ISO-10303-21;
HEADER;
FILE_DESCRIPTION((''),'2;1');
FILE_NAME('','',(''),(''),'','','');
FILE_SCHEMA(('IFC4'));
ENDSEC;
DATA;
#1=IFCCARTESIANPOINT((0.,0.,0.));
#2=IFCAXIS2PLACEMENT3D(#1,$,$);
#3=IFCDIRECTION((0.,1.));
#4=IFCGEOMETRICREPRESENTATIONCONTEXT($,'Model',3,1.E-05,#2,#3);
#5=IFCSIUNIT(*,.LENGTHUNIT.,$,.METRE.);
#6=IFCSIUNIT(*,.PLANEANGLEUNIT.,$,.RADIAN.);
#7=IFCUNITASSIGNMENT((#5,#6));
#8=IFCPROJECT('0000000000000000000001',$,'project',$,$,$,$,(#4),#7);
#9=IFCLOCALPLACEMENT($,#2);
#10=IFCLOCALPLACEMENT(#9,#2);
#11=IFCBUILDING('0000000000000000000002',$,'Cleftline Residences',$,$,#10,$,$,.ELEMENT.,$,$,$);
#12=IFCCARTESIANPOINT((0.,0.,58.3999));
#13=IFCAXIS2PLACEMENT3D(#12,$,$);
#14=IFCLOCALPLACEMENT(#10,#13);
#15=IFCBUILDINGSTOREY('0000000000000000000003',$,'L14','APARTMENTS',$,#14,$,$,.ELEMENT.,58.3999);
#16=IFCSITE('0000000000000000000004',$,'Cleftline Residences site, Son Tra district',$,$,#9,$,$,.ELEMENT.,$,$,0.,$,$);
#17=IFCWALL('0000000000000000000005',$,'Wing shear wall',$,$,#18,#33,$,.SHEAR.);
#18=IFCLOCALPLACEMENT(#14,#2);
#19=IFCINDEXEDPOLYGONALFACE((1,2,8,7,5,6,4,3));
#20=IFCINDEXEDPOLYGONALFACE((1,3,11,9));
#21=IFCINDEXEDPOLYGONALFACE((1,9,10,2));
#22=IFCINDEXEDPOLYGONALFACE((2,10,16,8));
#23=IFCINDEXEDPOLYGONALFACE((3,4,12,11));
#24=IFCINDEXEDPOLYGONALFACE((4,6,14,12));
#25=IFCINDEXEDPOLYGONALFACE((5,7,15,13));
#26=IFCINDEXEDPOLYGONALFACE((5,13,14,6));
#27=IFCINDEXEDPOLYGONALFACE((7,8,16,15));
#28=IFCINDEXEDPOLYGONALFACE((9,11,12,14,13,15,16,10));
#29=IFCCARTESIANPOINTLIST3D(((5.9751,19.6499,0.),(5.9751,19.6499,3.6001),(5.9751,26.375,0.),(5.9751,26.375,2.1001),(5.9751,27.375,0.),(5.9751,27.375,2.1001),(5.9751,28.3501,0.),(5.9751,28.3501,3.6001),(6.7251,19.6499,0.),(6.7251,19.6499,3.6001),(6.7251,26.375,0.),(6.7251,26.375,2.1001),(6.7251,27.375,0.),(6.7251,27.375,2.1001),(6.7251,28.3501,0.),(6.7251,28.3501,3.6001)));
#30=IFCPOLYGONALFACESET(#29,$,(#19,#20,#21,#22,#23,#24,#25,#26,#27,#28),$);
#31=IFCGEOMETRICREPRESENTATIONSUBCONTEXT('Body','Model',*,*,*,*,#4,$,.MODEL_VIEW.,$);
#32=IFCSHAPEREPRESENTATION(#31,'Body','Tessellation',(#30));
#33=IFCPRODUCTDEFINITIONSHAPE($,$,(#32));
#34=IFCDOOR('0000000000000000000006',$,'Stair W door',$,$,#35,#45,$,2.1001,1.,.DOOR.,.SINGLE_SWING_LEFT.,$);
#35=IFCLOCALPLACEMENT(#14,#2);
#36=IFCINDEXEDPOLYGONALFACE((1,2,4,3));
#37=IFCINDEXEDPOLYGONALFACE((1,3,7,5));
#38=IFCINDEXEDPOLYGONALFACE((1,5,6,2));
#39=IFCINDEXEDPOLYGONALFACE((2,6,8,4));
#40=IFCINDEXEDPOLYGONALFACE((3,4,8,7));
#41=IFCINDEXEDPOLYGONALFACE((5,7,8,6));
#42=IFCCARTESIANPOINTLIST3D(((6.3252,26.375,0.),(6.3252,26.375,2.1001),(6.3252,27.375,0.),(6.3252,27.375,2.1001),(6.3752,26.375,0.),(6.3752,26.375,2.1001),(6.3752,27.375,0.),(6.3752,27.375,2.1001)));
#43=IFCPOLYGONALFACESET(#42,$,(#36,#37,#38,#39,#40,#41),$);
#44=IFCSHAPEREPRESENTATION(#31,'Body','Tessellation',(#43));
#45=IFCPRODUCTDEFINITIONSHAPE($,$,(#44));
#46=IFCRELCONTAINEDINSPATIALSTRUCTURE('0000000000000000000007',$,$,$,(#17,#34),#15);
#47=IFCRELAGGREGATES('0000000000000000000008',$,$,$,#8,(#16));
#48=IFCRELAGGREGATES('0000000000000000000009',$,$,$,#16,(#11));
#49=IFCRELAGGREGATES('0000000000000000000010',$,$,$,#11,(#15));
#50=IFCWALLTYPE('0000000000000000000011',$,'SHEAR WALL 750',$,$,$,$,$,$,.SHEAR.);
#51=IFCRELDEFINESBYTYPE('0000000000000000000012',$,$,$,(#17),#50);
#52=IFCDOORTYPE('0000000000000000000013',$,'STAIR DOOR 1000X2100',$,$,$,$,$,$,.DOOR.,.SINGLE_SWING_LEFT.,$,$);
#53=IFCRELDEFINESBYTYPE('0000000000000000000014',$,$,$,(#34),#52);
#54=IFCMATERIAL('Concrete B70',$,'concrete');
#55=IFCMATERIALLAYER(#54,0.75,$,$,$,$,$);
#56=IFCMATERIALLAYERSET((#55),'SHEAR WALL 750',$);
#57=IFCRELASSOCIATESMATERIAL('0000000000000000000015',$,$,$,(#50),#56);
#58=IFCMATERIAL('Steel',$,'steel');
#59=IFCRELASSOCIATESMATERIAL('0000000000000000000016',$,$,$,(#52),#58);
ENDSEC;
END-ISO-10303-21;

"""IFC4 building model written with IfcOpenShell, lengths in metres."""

from ifc_helpers import new_model, si_unit, direction, frame, frame_2d, origin, place, context, subcontext, project, spatial, rectangle, extrude, material, layer, layer_set, type_object, element, fill, save


model = new_model("IFC4")

# Units and contexts
model_context = context("Model", 3, precision=1e-05, world=origin(), true_north=direction((0.0, 1.0)))
body_context = subcontext(model_context, "Body", "Model", "MODEL_VIEW")
ifc_project = project(units=[si_unit("LENGTHUNIT", "METRE"), si_unit("PLANEANGLEUNIT", "RADIAN")], contexts=[model_context])

# Site, building, storey
site_placement = place(None, origin())
site = spatial("IfcSite", under=ifc_project, at=site_placement, Name="Cleftline Residences site, Son Tra district", CompositionType="ELEMENT", RefElevation=0.0)
building_placement = place(site_placement, origin())
building = spatial("IfcBuilding", under=site, at=building_placement, Name="Cleftline Residences", CompositionType="ELEMENT")
storey_placement = place(building_placement, frame((0.0, 0.0, 58.3999)))
storey = spatial("IfcBuildingStorey", under=building, at=storey_placement, Name="L14", Description="APARTMENTS", CompositionType="ELEMENT", Elevation=58.3999)

# Shared definitions
ifc_material_1 = material(Name="Concrete B70", Category="concrete")
ifc_layer_1 = layer(ifc_material_1, 0.75)
ifc_layer_set_1 = layer_set([ifc_layer_1], Name="SHEAR WALL 750")
wall_type_1 = type_object("IfcWallType", Name="SHEAR WALL 750", PredefinedType="SHEAR", material=ifc_layer_set_1)

# Wall, opening, door
wall_1_placement = place(storey_placement, frame((6.3501, 19.6499, 0.0), z_axis=(0.0, 0.0, 1.0), x_axis=(0.0, 1.0, 0.0)))
wall_1 = element("IfcWall", 1, at=wall_1_placement, inside=storey, type_object=wall_type_1, Name="Wing shear wall", PredefinedType="SHEAR", context=body_context, shape_type="SweptSolid", body=[
    extrude(rectangle(XDim=8.7002, YDim=0.75, at=frame_2d((4.3501, 0.0))), origin(), (0.0, 0.0, 1.0), 3.6001),
])
opening_1_placement = place(wall_1_placement, frame((6.7251, 0.0, 0.0)))
opening_1 = element("IfcOpeningElement", 2, at=opening_1_placement, cuts=wall_1, PredefinedType="OPENING", context=body_context, shape_type="SweptSolid", body=[
    extrude(rectangle(XDim=1.0, YDim=2.1001, at=frame_2d((0.5, 1.05))), frame((0.0, 0.385, 0.0), z_axis=(0.0, -1.0, 0.0), x_axis=(1.0, 0.0, 0.0)), (0.0, 0.0, 1.0), 0.77),
])
ifc_material_2 = material(Name="Steel", Category="steel")
door_type_1 = type_object("IfcDoorType", Name="STAIR DOOR 1000X2100", OperationType="SINGLE_SWING_LEFT", PredefinedType="DOOR", material=ifc_material_2)
door_1_placement = place(opening_1_placement, origin())
door_1 = element("IfcDoor", 3, at=door_1_placement, inside=storey, type_object=door_type_1, Name="Stair W door", OperationType="SINGLE_SWING_LEFT", OverallHeight=2.1001, OverallWidth=1.0, PredefinedType="DOOR", context=body_context, shape_type="SweptSolid", body=[
    extrude(rectangle(XDim=1.0, YDim=2.1001, at=frame_2d((0.5, 1.05))), frame((0.0, 0.0249, 0.0), z_axis=(0.0, -1.0, 0.0), x_axis=(1.0, 0.0, 0.0)), (0.0, 0.0, 1.0), 0.05),
])
fill(opening_1, door_1)

save(model, "model.ifc")
